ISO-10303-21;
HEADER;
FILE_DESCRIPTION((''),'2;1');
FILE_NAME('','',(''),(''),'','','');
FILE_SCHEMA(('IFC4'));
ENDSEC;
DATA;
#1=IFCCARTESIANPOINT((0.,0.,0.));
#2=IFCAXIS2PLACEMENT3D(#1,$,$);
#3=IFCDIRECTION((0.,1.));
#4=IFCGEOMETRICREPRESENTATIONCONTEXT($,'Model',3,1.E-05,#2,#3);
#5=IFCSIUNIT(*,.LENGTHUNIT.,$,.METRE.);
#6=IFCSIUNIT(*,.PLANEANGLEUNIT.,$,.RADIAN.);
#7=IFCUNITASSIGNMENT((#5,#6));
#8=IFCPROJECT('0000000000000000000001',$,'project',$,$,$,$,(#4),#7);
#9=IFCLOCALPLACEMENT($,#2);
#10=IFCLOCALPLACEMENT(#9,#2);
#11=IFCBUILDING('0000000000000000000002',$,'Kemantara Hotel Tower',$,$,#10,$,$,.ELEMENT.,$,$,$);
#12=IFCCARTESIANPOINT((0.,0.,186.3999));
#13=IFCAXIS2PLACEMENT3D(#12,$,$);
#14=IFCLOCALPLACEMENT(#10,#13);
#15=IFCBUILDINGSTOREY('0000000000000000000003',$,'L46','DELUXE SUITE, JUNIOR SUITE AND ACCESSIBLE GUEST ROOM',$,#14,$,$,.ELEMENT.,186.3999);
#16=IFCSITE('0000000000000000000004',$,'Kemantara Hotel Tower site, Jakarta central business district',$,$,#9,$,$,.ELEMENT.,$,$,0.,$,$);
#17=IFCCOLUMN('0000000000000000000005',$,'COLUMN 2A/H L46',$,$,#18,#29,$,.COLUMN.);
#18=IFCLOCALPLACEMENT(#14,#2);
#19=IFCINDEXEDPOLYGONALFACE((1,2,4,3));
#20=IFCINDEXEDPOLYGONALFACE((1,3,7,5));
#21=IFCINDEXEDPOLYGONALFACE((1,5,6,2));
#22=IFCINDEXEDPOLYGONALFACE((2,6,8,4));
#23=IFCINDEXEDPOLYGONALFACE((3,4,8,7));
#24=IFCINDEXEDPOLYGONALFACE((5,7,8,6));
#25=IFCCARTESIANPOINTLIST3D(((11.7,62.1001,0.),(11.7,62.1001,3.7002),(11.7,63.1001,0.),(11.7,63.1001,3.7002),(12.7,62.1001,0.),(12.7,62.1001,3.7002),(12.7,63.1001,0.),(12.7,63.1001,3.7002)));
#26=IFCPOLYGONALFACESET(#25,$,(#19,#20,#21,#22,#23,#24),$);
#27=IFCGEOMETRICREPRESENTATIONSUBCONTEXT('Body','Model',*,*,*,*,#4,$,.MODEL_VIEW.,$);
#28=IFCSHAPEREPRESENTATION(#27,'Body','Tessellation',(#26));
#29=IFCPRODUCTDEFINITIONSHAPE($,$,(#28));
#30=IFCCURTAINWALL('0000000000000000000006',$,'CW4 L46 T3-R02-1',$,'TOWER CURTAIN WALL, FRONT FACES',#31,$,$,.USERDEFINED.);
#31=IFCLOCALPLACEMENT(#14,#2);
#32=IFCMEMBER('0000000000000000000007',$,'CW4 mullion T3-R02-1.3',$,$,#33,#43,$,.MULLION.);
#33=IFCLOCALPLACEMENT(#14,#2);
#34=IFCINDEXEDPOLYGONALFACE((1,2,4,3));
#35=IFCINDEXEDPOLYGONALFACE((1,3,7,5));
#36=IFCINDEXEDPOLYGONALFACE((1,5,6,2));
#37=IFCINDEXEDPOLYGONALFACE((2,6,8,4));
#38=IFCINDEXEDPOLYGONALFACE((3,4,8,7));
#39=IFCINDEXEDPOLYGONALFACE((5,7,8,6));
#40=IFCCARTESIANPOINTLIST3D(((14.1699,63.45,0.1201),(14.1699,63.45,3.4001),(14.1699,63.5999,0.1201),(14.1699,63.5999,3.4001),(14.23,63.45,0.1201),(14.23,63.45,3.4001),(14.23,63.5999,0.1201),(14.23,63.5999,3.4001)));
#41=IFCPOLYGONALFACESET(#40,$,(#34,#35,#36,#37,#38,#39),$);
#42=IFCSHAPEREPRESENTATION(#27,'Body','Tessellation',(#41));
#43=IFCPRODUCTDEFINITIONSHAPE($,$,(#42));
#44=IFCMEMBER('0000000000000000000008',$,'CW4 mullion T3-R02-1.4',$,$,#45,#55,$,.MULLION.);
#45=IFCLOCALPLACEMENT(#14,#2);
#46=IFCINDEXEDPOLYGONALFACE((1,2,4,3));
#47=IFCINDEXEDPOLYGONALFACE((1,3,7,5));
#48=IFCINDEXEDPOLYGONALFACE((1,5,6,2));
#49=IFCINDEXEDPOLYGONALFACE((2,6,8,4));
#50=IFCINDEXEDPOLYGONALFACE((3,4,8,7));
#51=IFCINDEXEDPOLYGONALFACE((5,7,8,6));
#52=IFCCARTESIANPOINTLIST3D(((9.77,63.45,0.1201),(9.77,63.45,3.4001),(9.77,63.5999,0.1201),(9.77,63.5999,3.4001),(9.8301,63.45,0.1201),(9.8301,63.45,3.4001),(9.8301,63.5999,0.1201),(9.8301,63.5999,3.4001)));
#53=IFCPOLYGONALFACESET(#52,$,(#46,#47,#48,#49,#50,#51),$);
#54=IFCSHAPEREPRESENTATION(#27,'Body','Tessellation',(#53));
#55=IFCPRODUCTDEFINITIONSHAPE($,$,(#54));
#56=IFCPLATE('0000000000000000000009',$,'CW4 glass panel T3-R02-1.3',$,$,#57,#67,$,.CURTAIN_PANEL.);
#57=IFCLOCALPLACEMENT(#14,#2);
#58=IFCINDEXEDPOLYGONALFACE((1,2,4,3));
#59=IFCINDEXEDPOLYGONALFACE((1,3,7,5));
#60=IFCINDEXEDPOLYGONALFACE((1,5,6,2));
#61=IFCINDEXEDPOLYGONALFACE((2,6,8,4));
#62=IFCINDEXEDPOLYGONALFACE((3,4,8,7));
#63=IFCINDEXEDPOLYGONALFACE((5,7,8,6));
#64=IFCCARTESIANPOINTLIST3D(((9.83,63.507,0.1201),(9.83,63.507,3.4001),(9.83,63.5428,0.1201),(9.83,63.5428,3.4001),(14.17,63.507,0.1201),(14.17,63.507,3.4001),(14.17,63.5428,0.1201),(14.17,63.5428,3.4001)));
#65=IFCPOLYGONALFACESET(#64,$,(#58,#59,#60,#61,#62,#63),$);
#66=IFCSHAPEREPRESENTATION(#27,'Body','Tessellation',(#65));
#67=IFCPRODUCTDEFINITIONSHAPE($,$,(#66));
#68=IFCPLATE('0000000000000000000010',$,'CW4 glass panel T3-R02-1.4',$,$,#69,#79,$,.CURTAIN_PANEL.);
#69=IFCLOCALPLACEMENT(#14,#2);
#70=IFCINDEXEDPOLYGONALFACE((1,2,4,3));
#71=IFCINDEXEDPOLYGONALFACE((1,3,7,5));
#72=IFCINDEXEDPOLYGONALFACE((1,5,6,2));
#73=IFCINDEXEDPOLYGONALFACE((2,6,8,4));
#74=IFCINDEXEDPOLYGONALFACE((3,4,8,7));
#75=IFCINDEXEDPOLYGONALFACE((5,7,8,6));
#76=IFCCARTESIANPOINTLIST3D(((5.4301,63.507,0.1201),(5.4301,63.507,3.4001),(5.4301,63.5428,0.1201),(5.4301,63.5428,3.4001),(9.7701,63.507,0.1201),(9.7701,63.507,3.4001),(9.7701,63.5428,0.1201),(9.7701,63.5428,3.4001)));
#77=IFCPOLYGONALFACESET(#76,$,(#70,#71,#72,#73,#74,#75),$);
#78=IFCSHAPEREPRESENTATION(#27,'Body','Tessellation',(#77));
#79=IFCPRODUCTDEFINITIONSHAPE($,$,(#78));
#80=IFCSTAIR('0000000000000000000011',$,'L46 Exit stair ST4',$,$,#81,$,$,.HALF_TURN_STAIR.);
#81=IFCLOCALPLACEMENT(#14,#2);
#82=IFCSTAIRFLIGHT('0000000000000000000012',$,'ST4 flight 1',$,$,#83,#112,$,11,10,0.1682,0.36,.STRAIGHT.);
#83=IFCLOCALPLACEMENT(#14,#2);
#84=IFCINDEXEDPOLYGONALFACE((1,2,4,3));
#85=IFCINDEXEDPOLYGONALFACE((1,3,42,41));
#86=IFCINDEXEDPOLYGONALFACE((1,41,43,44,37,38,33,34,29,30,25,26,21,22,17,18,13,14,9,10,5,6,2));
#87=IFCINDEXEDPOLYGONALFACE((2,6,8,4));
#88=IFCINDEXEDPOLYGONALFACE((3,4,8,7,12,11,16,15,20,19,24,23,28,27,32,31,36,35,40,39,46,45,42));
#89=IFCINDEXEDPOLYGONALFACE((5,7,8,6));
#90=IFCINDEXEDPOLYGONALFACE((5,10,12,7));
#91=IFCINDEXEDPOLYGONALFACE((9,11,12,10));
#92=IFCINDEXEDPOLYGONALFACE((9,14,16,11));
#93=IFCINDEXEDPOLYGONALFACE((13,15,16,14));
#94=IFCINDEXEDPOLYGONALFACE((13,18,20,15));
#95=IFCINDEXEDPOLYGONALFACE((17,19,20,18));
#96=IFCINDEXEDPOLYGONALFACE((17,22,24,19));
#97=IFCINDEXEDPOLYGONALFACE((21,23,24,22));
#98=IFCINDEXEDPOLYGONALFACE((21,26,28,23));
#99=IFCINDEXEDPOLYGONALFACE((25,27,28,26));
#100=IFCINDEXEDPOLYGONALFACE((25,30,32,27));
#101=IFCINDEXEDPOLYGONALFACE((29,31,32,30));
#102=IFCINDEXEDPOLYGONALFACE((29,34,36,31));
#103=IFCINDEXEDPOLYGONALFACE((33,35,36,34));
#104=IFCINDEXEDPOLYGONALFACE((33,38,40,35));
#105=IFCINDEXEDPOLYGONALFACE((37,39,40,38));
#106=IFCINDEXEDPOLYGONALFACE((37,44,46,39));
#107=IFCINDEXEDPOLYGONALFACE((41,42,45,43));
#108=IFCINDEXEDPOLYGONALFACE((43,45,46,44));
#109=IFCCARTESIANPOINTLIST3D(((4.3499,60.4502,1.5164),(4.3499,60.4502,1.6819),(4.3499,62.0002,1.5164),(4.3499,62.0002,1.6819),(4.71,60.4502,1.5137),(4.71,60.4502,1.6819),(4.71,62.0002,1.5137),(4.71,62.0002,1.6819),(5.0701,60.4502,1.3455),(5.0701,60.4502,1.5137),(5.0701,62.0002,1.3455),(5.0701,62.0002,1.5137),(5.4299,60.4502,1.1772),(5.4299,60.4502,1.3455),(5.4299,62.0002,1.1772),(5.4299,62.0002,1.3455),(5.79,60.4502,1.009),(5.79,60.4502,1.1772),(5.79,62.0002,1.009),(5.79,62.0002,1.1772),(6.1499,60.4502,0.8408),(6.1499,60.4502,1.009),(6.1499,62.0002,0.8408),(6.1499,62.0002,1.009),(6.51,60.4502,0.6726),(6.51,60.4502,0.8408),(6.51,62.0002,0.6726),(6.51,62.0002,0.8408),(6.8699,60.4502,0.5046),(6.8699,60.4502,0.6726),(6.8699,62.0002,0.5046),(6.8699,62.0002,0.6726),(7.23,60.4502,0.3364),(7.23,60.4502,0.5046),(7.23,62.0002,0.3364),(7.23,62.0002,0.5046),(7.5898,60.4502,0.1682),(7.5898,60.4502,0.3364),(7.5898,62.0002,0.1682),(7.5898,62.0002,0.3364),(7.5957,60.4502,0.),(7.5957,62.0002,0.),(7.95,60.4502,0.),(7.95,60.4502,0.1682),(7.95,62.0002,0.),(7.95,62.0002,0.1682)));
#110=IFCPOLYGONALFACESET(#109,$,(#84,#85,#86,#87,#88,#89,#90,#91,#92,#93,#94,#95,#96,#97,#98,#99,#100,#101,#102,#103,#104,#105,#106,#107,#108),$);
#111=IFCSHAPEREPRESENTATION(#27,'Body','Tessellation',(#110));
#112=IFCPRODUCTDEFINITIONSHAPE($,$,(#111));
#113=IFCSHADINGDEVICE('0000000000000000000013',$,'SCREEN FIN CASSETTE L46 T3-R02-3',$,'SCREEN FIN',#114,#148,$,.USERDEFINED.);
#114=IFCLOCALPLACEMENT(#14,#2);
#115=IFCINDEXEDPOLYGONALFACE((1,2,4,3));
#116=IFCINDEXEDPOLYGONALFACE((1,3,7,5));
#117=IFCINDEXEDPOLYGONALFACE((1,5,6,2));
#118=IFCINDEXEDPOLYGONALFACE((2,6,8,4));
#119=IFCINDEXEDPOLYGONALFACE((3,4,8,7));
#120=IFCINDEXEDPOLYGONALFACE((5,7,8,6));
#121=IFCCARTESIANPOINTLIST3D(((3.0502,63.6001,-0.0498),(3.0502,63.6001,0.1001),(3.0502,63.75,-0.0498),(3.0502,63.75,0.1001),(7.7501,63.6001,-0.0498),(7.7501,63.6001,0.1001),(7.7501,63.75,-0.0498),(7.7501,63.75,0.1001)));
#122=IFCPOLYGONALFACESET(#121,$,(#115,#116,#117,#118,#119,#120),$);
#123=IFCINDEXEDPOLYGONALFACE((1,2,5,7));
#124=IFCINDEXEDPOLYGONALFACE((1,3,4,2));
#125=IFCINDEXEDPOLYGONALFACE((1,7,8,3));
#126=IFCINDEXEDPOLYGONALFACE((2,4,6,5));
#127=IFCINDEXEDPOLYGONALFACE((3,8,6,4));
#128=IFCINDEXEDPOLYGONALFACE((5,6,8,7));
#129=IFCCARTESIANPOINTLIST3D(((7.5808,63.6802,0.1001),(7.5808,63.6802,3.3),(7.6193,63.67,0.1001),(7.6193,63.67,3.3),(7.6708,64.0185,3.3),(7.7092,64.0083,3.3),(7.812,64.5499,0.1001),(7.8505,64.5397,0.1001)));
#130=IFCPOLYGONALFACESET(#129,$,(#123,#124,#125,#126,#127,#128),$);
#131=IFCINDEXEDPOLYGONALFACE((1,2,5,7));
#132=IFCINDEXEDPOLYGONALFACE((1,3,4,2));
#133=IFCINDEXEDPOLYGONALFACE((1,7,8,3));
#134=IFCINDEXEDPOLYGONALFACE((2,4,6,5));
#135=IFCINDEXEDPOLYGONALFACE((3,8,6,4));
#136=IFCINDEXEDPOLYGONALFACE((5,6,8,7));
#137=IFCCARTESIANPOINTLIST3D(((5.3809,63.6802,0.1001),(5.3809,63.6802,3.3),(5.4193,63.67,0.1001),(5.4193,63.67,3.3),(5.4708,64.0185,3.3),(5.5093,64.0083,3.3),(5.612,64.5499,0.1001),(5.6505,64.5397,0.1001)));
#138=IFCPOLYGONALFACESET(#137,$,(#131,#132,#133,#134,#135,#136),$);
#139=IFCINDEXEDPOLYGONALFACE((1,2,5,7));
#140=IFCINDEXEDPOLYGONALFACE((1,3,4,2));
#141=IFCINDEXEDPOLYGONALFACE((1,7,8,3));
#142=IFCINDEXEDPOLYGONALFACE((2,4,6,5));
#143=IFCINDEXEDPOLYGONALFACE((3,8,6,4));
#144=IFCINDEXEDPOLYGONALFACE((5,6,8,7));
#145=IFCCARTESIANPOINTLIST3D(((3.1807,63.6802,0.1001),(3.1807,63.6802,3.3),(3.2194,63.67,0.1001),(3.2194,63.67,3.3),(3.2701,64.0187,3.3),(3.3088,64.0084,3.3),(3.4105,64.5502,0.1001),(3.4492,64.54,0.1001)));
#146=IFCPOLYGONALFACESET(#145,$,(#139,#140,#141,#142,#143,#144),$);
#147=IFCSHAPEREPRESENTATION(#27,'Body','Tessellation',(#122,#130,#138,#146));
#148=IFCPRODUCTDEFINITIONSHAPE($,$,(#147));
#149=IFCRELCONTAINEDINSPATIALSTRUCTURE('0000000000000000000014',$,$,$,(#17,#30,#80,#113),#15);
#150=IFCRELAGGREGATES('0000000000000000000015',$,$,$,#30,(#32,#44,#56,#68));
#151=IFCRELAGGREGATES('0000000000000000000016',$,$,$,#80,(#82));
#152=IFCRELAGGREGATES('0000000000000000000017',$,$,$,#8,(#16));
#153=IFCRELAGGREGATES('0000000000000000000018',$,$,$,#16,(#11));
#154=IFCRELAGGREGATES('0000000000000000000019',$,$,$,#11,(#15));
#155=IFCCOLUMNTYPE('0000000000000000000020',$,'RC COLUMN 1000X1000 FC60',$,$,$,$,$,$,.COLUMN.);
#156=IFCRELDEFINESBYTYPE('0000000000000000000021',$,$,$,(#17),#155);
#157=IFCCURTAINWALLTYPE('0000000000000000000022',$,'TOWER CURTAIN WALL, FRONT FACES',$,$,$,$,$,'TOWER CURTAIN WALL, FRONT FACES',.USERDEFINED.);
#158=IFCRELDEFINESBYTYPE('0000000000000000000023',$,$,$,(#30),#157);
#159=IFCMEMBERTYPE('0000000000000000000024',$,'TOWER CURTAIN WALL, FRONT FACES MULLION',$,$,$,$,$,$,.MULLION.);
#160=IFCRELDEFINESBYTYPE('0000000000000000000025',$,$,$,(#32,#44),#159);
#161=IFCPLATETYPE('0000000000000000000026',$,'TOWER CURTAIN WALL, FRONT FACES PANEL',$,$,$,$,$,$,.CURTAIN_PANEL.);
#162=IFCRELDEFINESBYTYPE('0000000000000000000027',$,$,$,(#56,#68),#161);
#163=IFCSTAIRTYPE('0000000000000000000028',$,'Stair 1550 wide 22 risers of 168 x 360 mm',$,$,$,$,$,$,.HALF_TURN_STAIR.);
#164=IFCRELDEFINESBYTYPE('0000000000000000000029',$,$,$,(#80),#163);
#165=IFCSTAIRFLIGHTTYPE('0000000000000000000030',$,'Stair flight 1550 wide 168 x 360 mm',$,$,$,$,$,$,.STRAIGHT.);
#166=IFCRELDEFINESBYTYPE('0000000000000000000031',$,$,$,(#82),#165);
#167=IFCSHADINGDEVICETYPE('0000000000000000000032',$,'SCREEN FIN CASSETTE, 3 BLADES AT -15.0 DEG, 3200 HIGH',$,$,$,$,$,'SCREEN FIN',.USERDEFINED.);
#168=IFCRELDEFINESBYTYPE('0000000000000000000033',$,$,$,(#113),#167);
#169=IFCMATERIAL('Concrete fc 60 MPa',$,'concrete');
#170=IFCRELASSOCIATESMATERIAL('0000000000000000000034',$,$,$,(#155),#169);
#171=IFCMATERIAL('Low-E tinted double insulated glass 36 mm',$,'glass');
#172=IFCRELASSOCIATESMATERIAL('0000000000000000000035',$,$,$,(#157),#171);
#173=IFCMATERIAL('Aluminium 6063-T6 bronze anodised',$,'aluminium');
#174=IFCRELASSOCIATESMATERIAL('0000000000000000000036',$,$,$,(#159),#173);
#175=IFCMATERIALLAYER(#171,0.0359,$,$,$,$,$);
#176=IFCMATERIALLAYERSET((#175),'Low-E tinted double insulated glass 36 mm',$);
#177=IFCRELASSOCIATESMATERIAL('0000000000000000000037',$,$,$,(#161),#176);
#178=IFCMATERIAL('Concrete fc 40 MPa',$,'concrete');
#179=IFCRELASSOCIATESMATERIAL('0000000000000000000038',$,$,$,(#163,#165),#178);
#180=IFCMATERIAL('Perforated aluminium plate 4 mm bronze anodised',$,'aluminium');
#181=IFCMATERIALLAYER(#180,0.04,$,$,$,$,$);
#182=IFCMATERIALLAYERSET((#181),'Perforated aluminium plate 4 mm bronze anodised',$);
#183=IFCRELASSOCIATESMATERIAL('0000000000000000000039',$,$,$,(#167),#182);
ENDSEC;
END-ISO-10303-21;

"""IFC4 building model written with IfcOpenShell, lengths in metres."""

from ifc_helpers import new_model, si_unit, direction, frame, origin, origin_2d, place, context, subcontext, project, spatial, polyline, rectangle, outline, extrude, source, transform, mapped, material, layer, layer_set, material_profile, profile_set, type_object, element, aggregate, save


model = new_model("IFC4")

# Units and contexts
model_context = context("Model", 3, precision=1e-05, world=origin(), true_north=direction((0.0, 1.0)))
body_context = subcontext(model_context, "Body", "Model", "MODEL_VIEW")
ifc_project = project(units=[si_unit("LENGTHUNIT", "METRE"), si_unit("PLANEANGLEUNIT", "RADIAN")], contexts=[model_context])

# Site, building, storey
site_placement = place(None, origin())
site = spatial("IfcSite", under=ifc_project, at=site_placement, Name="Kemantara Hotel Tower site, Jakarta central business district", CompositionType="ELEMENT", RefElevation=0.0)
building_placement = place(site_placement, origin())
building = spatial("IfcBuilding", under=site, at=building_placement, Name="Kemantara Hotel Tower", CompositionType="ELEMENT")
storey_placement = place(building_placement, frame((0.0, 0.0, 186.3999)))
storey = spatial("IfcBuildingStorey", under=building, at=storey_placement, Name="L46", Description="DELUXE SUITE, JUNIOR SUITE AND ACCESSIBLE GUEST ROOM", CompositionType="ELEMENT", Elevation=186.3999)

# Column
ifc_material_1 = material(Name="Concrete fc 60 MPa", Category="concrete")
ifc_material_profile_1 = material_profile(ifc_material_1, rectangle(XDim=1.0, YDim=1.0, at=origin_2d()), Name="RC 1000X1000")
ifc_profile_set_1 = profile_set([ifc_material_profile_1], Name="Concrete fc 60 MPa")
column_type = type_object("IfcColumnType", Name="RC COLUMN 1000X1000 FC60", PredefinedType="COLUMN", material=ifc_profile_set_1)
column_placement = place(storey_placement, frame((12.2, 62.6001, 0.0), z_axis=(0.0, 0.0, 1.0), x_axis=(1.0, 0.0, 0.0)))
element("IfcColumn", 1, at=column_placement, inside=storey, type_object=column_type, Name="COLUMN 2A/H L46", PredefinedType="COLUMN", context=body_context, shape_type="SweptSolid", body=[
    extrude(rectangle(XDim=1.0, YDim=1.0, at=origin_2d()), origin(), (0.0, 0.0, 1.0), 3.7002),
])

# Curtain wall, members, plates
ifc_material_2 = material(Name="Low-E tinted double insulated glass 36 mm", Category="glass")
curtain_wall_type = type_object("IfcCurtainWallType", Name="TOWER CURTAIN WALL, FRONT FACES", ElementType="TOWER CURTAIN WALL, FRONT FACES", PredefinedType="USERDEFINED", material=ifc_material_2)
curtain_wall_placement = place(storey_placement, origin())
curtain_wall = element("IfcCurtainWall", 2, at=curtain_wall_placement, inside=storey, type_object=curtain_wall_type, Name="CW4 L46 T3-R02-1", ObjectType="TOWER CURTAIN WALL, FRONT FACES", PredefinedType="USERDEFINED")
ifc_material_3 = material(Name="Aluminium 6063-T6 bronze anodised", Category="aluminium")
ifc_material_profile_2 = material_profile(ifc_material_3, rectangle(XDim=0.1499, YDim=0.0601, at=origin_2d()), Name="TOWER CURTAIN WALL, FRONT FACES MULLION")
ifc_profile_set_2 = profile_set([ifc_material_profile_2], Name="Aluminium 6063-T6 bronze anodised")
member_type = type_object("IfcMemberType", Name="TOWER CURTAIN WALL, FRONT FACES MULLION", PredefinedType="MULLION", material=ifc_profile_set_2)
shared_shape_1 = source(origin(), body_context, "Body", "SweptSolid", [
    extrude(rectangle(XDim=0.1499, YDim=0.0601, at=origin_2d()), origin(), (0.0, 0.0, 1.0), 3.28),
])
member_1_placement = place(storey_placement, frame((14.2, 63.5249, 0.1201), z_axis=(0.0, 0.0, 1.0), x_axis=(0.0, -1.0, 0.0)))
member_1 = element("IfcMember", 3, at=member_1_placement, type_object=member_type, Name="CW4 mullion T3-R02-1.3", PredefinedType="MULLION", context=body_context, shape_type="MappedRepresentation", body=[
    mapped(shared_shape_1, transform((0.0, 0.0, 0.0))),
])
member_2_placement = place(storey_placement, frame((9.8, 63.5249, 0.1201), z_axis=(0.0, 0.0, 1.0), x_axis=(0.0, -1.0, 0.0)))
member_2 = element("IfcMember", 4, at=member_2_placement, type_object=member_type, Name="CW4 mullion T3-R02-1.4", PredefinedType="MULLION", context=body_context, shape_type="MappedRepresentation", body=[
    mapped(shared_shape_1, transform((0.0, 0.0, 0.0))),
])
ifc_layer_1 = layer(ifc_material_2, 0.0359)
ifc_layer_set_1 = layer_set([ifc_layer_1], Name="Low-E tinted double insulated glass 36 mm")
plate_type = type_object("IfcPlateType", Name="TOWER CURTAIN WALL, FRONT FACES PANEL", PredefinedType="CURTAIN_PANEL", material=ifc_layer_set_1)
shared_shape_2 = source(origin(), body_context, "Body", "SweptSolid", [
    extrude(rectangle(XDim=4.3401, YDim=0.0359, at=origin_2d()), origin(), (0.0, 0.0, 1.0), 3.28),
])
plate_1_placement = place(storey_placement, frame((12.0, 63.5249, 0.1201), z_axis=(0.0, 0.0, 1.0), x_axis=(-1.0, 0.0, 0.0)))
plate_1 = element("IfcPlate", 5, at=plate_1_placement, type_object=plate_type, Name="CW4 glass panel T3-R02-1.3", PredefinedType="CURTAIN_PANEL", context=body_context, shape_type="MappedRepresentation", body=[
    mapped(shared_shape_2, transform((0.0, 0.0, 0.0))),
])
plate_2_placement = place(storey_placement, frame((7.6001, 63.5249, 0.1201), z_axis=(0.0, 0.0, 1.0), x_axis=(-1.0, 0.0, 0.0)))
plate_2 = element("IfcPlate", 6, at=plate_2_placement, type_object=plate_type, Name="CW4 glass panel T3-R02-1.4", PredefinedType="CURTAIN_PANEL", context=body_context, shape_type="MappedRepresentation", body=[
    mapped(shared_shape_2, transform((0.0, 0.0, 0.0))),
])
aggregate(curtain_wall, [member_1, member_2, plate_1, plate_2])

# Stair, stair flight
ifc_material_4 = material(Name="Concrete fc 40 MPa", Category="concrete")
stair_type = type_object("IfcStairType", Name="Stair 1550 wide 22 risers of 168 x 360 mm", PredefinedType="HALF_TURN_STAIR", material=ifc_material_4)
stair_placement = place(storey_placement, origin())
stair = element("IfcStair", 7, at=stair_placement, inside=storey, type_object=stair_type, Name="L46 Exit stair ST4", PredefinedType="HALF_TURN_STAIR")
stair_flight_type = type_object("IfcStairFlightType", Name="Stair flight 1550 wide 168 x 360 mm", PredefinedType="STRAIGHT", material=ifc_material_4)
stair_flight_placement = place(storey_placement, frame((7.95, 61.2251, 0.0), z_axis=(0.0, 0.0, 1.0), x_axis=(-1.0, 0.0, 0.0)))
stair_flight = element("IfcStairFlight", 8, at=stair_flight_placement, type_object=stair_flight_type, Name="ST4 flight 1", NumberOfRisers=11, NumberOfTreads=10, PredefinedType="STRAIGHT", RiserHeight=0.1682, TreadLength=0.36, context=body_context, shape_type="SweptSolid", body=[
    extrude(outline(polyline([(0.0, 0.0), (0.0, 0.1682), (0.3601, 0.1682), (0.3601, 0.3364), (0.72, 0.3364), (0.72, 0.5046), (1.0801, 0.5046), (1.0801, 0.6726), (1.4399, 0.6726), (1.4399, 0.8408), (1.8, 0.8408), (1.8, 1.009), (2.1599, 1.009), (2.1599, 1.1772), (2.52, 1.1772), (2.52, 1.3455), (2.8799, 1.3455), (2.8799, 1.5137), (3.24, 1.5137), (3.24, 1.6819), (3.6001, 1.6819), (3.6001, 1.8501), (3.6001, 1.5164), (0.3542, 0.0), (0.0, 0.0)])), frame((0.0, 0.7749, 0.0), z_axis=(0.0, -1.0, 0.0), x_axis=(1.0, 0.0, 0.0)), (0.0, 0.0, 1.0), 1.55),
])
aggregate(stair, [stair_flight])

# Shading device
ifc_material_5 = material(Name="Perforated aluminium plate 4 mm bronze anodised", Category="aluminium")
ifc_layer_2 = layer(ifc_material_5, 0.04)
ifc_layer_set_2 = layer_set([ifc_layer_2], Name="Perforated aluminium plate 4 mm bronze anodised")
shading_device_type = type_object("IfcShadingDeviceType", Name="SCREEN FIN CASSETTE, 3 BLADES AT -15.0 DEG, 3200 HIGH", ElementType="SCREEN FIN", PredefinedType="USERDEFINED", material=ifc_layer_set_2)
shared_shape_3 = source(origin(), body_context, "Body", "SweptSolid", [
    extrude(rectangle(XDim=4.7, YDim=0.1499, at=origin_2d()), frame((2.2, -0.075, -0.1499), z_axis=(0.0, 0.0, 1.0), x_axis=(1.0, 0.0, 0.0)), (0.0, 0.0, 1.0), 0.1499),
    extrude(outline(polyline([(0.0, 0.0), (0.8999, 0.0), (0.3501, 3.2), (0.0, 3.2), (0.0, 0.0)])), frame((0.0193, -0.0801, 0.0), z_axis=(-0.966438, 0.256901, 0.0), x_axis=(-0.256901, -0.966438, 0.0)), (0.0, 0.0, 1.0), 0.0398),
    extrude(outline(polyline([(0.0, 0.0), (0.8999, 0.0), (0.3501, 3.2), (0.0, 3.2), (0.0, 0.0)])), frame((2.2192, -0.0801, 0.0), z_axis=(-0.966438, 0.256901, 0.0), x_axis=(-0.256901, -0.966438, 0.0)), (0.0, 0.0, 1.0), 0.0398),
    extrude(outline(polyline([(0.0, 0.0), (0.8999, 0.0), (0.3501, 3.2), (0.0, 3.2), (0.0, 0.0)])), frame((4.4194, -0.0801, 0.0), z_axis=(-0.966838, 0.255391, 0.0), x_axis=(-0.255391, -0.966838, 0.0)), (0.0, 0.0, 1.0), 0.04),
])
shading_device_placement = place(storey_placement, frame((7.6001, 63.6001, 0.1001), z_axis=(0.0, 0.0, 1.0), x_axis=(-1.0, 0.0, 0.0)))
element("IfcShadingDevice", 9, at=shading_device_placement, inside=storey, type_object=shading_device_type, Name="SCREEN FIN CASSETTE L46 T3-R02-3", ObjectType="SCREEN FIN", PredefinedType="USERDEFINED", context=body_context, shape_type="MappedRepresentation", body=[
    mapped(shared_shape_3, transform((0.0, 0.0, 0.0))),
])

save(model, "model.ifc")
